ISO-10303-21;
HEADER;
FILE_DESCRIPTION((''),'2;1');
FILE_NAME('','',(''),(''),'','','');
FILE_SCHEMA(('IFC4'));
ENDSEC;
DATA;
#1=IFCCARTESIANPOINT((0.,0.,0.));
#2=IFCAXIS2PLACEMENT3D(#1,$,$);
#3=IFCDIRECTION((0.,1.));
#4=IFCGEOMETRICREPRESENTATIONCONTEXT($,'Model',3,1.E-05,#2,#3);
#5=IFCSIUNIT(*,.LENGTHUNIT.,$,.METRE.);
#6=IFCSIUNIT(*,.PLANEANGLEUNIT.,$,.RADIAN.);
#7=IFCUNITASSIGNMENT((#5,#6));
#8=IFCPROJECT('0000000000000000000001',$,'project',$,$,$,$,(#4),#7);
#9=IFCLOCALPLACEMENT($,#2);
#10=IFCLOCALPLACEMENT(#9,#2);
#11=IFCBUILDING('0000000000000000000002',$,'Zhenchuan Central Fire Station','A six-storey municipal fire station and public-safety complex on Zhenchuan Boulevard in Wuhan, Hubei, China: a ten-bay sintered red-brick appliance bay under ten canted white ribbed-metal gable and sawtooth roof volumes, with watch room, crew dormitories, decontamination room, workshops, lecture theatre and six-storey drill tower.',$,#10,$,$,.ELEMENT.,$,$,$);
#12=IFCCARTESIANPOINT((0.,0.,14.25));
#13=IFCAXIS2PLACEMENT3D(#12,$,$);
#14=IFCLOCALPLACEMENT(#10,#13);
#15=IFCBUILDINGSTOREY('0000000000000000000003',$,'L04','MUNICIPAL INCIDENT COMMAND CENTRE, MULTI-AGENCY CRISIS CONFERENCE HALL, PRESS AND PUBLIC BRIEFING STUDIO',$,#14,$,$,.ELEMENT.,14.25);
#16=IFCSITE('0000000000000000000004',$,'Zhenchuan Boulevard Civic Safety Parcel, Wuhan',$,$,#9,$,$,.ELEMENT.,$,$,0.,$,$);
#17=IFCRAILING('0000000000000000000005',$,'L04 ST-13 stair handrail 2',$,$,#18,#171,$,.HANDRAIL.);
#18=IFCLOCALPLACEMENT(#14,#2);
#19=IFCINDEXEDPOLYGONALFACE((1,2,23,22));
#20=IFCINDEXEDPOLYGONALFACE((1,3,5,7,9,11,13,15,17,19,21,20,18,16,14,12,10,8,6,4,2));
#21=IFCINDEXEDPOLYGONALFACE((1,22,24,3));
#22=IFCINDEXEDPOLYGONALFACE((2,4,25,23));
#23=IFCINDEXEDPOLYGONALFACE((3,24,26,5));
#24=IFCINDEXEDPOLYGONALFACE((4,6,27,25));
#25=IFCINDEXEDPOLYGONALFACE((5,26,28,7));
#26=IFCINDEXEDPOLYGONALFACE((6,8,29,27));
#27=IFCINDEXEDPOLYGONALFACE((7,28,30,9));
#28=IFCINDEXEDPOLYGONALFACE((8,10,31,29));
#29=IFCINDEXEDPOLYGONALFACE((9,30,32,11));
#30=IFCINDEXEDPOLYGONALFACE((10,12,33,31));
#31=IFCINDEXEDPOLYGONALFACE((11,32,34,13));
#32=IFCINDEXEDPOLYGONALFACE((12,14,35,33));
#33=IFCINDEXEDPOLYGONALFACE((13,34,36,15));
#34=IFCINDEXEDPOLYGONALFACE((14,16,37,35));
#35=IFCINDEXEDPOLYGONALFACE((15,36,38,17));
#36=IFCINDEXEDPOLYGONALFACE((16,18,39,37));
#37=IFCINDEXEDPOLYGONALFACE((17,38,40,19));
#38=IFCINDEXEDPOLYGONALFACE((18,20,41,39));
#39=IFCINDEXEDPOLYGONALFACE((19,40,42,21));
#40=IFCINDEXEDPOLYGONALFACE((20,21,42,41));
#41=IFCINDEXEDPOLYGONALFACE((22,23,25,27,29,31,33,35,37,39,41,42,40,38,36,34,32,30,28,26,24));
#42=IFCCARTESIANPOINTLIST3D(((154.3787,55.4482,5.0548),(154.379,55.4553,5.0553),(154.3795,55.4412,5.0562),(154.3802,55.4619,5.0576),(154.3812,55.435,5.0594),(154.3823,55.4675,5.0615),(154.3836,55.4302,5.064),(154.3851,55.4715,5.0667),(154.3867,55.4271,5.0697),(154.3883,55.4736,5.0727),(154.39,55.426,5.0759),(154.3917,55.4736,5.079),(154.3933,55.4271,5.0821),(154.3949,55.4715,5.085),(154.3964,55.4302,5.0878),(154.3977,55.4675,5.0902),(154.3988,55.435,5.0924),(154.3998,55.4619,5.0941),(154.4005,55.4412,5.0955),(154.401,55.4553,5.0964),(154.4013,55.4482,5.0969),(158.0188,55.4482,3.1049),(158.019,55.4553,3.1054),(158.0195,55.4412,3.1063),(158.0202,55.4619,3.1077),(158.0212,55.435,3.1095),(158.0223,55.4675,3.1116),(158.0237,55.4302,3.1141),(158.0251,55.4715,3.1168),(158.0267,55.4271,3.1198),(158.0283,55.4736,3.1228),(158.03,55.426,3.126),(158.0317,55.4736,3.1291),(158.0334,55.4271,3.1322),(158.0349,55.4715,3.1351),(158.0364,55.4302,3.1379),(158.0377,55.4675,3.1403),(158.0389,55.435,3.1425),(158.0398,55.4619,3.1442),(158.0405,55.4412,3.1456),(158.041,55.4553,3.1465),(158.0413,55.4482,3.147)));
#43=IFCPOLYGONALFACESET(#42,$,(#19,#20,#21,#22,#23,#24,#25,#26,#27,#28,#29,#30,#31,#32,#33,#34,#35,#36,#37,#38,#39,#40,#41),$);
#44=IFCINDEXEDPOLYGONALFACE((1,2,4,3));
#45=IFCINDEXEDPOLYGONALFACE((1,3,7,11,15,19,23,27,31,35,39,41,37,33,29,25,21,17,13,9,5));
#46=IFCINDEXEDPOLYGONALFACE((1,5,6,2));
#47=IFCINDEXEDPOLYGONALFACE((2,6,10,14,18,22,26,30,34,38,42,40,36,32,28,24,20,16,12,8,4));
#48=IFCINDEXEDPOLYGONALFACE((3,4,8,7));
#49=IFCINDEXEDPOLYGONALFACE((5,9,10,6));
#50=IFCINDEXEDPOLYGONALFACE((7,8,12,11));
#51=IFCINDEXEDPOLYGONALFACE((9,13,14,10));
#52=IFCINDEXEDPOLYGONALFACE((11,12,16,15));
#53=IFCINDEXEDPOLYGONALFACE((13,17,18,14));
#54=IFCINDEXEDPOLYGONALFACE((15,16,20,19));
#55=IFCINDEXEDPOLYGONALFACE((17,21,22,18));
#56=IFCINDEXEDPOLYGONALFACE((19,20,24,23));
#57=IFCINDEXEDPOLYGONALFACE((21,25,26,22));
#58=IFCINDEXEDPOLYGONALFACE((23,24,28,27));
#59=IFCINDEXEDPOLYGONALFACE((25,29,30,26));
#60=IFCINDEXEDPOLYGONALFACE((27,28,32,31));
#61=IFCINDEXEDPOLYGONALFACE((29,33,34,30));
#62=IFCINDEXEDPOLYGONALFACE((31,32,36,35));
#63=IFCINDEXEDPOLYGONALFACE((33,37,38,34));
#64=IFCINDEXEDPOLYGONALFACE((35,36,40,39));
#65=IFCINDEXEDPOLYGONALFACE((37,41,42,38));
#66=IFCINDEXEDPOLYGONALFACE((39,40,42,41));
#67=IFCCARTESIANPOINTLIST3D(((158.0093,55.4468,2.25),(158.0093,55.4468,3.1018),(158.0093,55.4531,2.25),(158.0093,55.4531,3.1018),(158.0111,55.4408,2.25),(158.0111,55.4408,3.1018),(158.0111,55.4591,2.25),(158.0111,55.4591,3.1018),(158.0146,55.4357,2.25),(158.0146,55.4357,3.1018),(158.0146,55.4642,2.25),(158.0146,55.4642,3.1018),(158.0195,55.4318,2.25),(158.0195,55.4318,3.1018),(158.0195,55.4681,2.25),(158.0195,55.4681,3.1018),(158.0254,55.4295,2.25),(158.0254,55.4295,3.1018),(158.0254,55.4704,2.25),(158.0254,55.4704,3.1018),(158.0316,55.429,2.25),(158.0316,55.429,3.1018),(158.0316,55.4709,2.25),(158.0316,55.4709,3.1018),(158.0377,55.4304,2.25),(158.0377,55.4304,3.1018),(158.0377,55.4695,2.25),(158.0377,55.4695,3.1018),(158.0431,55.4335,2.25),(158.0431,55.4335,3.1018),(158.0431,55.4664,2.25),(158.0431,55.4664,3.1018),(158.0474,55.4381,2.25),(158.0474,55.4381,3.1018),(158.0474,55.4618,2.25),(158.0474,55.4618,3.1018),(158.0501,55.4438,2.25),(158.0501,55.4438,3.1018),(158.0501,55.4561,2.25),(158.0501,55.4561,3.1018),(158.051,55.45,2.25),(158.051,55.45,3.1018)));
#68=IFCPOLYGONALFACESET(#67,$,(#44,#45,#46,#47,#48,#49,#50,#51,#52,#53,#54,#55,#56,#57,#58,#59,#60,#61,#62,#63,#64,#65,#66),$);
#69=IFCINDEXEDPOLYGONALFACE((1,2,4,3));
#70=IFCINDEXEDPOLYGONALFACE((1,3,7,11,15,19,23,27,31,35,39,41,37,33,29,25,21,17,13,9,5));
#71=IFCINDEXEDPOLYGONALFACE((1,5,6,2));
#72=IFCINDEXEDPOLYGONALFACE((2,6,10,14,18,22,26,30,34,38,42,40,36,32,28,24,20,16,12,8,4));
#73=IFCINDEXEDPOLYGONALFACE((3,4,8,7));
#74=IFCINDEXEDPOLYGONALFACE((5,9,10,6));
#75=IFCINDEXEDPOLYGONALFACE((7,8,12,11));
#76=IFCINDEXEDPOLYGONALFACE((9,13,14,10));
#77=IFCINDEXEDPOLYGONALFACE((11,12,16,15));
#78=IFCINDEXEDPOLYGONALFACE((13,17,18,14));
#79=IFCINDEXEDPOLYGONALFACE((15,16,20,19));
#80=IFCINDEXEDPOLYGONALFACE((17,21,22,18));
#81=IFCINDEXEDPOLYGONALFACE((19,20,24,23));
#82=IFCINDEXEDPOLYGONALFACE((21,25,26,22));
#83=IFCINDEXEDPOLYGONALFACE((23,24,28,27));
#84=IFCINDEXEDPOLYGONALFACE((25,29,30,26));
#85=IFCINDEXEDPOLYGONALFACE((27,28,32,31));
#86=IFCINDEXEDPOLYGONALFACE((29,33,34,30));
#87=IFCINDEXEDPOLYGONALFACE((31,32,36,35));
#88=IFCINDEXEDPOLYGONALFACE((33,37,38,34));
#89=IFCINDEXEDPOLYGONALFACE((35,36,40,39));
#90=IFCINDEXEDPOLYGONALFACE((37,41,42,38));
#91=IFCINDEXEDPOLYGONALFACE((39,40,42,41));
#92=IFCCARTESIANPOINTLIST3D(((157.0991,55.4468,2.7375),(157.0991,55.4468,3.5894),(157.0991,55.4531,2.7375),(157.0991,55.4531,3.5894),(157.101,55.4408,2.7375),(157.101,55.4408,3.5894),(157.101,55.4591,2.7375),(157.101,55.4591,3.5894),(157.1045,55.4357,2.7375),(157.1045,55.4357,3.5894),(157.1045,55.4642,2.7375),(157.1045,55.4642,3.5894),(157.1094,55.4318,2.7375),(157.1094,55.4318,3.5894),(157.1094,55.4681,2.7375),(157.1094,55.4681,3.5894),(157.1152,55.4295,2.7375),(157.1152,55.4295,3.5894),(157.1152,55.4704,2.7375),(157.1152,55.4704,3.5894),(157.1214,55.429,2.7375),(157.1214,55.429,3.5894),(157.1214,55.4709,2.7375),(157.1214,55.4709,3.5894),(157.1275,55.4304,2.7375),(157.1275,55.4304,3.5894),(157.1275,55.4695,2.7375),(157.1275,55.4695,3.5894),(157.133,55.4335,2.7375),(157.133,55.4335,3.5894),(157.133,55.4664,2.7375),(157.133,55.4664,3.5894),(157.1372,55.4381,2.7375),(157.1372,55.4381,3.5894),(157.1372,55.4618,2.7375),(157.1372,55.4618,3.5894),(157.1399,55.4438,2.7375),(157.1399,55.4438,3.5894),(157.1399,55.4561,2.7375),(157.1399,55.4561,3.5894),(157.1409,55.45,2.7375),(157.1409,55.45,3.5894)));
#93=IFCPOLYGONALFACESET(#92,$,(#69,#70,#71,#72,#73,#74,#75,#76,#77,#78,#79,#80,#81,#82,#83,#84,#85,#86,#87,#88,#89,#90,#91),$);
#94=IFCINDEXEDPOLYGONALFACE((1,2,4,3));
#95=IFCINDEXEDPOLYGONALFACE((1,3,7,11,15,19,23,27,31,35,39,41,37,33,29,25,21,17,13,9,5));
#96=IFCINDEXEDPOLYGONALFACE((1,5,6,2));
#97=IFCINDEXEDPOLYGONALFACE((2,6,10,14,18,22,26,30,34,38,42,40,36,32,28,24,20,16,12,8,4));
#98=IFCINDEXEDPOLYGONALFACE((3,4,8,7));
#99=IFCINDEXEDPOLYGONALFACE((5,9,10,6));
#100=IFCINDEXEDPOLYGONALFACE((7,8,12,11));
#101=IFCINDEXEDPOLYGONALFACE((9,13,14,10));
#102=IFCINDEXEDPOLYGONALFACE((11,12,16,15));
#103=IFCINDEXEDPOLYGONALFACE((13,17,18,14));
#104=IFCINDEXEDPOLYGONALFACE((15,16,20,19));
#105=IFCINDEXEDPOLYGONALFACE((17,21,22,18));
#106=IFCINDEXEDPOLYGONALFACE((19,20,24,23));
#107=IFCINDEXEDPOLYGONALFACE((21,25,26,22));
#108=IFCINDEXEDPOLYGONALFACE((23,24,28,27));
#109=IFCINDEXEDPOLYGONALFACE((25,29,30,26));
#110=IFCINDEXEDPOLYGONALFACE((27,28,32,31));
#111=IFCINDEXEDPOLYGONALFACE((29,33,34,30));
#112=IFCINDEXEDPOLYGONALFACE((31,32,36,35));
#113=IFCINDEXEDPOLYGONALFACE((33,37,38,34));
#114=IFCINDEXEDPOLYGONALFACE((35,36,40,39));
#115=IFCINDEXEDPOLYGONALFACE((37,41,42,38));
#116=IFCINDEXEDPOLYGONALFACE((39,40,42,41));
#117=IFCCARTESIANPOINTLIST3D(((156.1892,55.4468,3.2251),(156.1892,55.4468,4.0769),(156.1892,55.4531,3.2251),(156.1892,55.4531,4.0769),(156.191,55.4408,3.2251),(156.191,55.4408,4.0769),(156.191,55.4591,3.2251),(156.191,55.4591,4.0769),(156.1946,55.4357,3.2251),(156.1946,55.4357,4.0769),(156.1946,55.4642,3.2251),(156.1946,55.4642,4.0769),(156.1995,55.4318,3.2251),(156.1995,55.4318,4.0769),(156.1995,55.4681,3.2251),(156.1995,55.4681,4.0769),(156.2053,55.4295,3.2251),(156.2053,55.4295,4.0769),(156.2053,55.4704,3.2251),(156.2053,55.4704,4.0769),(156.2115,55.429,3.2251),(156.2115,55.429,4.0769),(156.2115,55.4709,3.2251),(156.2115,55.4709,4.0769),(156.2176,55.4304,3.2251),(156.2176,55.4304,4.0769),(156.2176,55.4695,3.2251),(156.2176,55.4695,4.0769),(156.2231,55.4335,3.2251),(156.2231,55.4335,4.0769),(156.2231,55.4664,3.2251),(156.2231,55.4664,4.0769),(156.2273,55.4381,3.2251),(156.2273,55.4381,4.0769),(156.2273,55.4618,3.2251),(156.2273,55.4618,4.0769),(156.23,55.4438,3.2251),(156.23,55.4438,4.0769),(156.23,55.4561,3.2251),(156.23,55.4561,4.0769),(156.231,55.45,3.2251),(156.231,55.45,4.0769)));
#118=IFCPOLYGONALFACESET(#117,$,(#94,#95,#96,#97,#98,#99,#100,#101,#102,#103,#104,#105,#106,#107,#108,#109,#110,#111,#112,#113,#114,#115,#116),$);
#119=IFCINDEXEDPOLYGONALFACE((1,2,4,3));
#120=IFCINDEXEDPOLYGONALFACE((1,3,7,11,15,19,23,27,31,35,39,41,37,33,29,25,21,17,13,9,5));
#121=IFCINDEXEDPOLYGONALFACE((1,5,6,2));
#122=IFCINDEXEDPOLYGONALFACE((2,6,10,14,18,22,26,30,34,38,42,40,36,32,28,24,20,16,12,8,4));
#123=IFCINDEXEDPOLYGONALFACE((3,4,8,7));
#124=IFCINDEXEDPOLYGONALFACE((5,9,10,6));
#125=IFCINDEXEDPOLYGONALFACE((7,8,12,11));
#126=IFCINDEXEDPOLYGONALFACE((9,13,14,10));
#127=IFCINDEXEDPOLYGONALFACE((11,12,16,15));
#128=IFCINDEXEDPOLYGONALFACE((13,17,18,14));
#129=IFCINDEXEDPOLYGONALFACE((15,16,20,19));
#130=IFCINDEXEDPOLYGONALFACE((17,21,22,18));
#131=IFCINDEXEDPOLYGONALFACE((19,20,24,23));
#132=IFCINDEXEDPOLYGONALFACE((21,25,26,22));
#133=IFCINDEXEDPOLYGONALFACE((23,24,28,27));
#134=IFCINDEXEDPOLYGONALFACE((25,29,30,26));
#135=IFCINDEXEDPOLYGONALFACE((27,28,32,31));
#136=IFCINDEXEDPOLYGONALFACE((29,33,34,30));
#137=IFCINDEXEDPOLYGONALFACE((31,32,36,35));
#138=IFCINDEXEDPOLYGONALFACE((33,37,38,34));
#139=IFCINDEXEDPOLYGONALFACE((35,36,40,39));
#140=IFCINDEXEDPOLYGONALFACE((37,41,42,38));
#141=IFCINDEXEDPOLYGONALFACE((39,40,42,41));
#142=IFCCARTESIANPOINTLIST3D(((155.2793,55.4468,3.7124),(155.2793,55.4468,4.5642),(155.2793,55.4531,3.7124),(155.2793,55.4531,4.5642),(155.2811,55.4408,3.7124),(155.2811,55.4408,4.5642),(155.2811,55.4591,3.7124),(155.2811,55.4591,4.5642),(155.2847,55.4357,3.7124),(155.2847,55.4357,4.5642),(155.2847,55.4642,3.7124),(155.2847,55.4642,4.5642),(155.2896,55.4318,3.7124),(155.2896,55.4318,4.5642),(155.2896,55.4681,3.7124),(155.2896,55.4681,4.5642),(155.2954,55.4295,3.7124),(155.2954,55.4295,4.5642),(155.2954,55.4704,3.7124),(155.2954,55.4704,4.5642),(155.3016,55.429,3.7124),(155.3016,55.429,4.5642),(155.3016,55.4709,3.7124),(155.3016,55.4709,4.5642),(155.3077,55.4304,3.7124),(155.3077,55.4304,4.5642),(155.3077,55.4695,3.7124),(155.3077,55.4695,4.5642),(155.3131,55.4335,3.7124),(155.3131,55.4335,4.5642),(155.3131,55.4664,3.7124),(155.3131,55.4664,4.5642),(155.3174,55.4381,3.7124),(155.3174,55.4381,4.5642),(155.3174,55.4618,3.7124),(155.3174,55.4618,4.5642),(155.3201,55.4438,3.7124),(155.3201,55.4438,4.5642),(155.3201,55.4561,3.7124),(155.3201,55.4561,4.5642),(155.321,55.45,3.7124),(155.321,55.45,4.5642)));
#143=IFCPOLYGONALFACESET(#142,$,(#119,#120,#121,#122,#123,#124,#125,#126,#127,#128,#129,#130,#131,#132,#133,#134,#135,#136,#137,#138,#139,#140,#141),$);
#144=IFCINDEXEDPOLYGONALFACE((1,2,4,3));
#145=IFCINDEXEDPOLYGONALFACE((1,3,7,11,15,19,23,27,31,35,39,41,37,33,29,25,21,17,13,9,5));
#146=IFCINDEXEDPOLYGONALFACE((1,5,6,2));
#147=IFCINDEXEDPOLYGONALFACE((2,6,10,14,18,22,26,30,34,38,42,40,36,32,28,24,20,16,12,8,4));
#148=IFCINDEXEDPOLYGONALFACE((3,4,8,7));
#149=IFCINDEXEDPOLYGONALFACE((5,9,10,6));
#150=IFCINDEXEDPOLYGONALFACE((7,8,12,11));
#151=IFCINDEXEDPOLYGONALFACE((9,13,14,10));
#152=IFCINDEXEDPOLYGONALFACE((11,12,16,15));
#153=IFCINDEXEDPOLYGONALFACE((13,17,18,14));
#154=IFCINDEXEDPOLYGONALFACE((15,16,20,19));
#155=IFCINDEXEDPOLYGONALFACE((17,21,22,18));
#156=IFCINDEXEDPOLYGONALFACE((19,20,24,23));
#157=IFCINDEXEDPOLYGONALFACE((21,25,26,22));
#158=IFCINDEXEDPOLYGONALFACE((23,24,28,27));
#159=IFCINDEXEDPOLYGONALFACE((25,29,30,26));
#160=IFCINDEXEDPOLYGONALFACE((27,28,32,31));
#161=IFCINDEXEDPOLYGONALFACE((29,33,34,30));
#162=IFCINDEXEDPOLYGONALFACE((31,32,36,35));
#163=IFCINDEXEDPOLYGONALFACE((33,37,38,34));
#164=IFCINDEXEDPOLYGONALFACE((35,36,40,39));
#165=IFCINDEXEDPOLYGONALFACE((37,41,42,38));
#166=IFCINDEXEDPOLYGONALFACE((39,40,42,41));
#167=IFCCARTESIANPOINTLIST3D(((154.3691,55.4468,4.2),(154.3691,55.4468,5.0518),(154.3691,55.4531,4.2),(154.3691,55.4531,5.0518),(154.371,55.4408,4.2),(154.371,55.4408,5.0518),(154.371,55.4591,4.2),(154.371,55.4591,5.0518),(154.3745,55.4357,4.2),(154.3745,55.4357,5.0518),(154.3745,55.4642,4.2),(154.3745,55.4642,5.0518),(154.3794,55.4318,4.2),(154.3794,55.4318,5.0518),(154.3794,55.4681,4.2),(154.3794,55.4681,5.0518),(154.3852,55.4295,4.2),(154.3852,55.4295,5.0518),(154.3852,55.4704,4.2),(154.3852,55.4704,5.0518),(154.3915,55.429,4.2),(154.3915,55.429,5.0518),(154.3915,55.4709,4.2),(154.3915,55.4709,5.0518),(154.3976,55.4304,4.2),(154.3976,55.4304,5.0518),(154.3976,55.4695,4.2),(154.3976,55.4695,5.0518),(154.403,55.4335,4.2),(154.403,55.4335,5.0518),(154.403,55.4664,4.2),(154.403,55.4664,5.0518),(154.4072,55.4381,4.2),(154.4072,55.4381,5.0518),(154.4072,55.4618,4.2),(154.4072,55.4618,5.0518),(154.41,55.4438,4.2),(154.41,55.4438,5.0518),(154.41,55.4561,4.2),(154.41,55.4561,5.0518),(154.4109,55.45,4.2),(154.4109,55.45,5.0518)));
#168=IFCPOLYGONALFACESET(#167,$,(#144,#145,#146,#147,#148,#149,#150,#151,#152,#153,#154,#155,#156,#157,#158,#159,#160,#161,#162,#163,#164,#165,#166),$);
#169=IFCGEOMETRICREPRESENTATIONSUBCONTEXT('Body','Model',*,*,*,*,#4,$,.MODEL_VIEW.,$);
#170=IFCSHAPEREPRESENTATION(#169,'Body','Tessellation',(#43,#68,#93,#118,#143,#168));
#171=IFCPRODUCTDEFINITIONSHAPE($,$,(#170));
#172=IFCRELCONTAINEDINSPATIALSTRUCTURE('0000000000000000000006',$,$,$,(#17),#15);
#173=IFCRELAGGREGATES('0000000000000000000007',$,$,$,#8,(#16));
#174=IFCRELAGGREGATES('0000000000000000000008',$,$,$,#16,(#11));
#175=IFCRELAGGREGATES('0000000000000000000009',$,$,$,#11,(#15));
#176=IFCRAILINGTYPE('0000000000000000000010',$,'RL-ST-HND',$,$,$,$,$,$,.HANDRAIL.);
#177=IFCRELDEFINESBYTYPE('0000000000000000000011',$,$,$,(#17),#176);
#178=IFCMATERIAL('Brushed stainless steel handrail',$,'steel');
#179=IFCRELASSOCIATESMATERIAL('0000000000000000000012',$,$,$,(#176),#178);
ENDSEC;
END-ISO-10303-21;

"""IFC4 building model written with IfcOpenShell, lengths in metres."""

from ifc_helpers import new_model, si_unit, direction, frame, origin, origin_2d, place, context, subcontext, project, spatial, circle, extrude, material, type_object, element, save


model = new_model("IFC4")

# Units and contexts
model_context = context("Model", 3, precision=1e-05, world=origin(), true_north=direction((0.0, 1.0)))
body_context = subcontext(model_context, "Body", "Model", "MODEL_VIEW")
ifc_project = project(units=[si_unit("LENGTHUNIT", "METRE"), si_unit("PLANEANGLEUNIT", "RADIAN")], contexts=[model_context])

# Site, building, storey
site_placement = place(None, origin())
site = spatial("IfcSite", under=ifc_project, at=site_placement, Name="Zhenchuan Boulevard Civic Safety Parcel, Wuhan", CompositionType="ELEMENT", RefElevation=0.0)
building_placement = place(site_placement, origin())
building = spatial("IfcBuilding", under=site, at=building_placement, Name="Zhenchuan Central Fire Station", Description="A six-storey municipal fire station and public-safety complex on Zhenchuan Boulevard in Wuhan, Hubei, China: a ten-bay sintered red-brick appliance bay under ten canted white ribbed-metal gable and sawtooth roof volumes, with watch room, crew dormitories, decontamination room, workshops, lecture theatre and six-storey drill tower.", CompositionType="ELEMENT")
storey_placement = place(building_placement, frame((0.0, 0.0, 14.25)))
storey = spatial("IfcBuildingStorey", under=building, at=storey_placement, Name="L04", Description="MUNICIPAL INCIDENT COMMAND CENTRE, MULTI-AGENCY CRISIS CONFERENCE HALL, PRESS AND PUBLIC BRIEFING STUDIO", CompositionType="ELEMENT", Elevation=14.25)

# Railing
ifc_material_1 = material(Name="Brushed stainless steel handrail", Category="steel")
railing_type_1 = type_object("IfcRailingType", Name="RL-ST-HND", PredefinedType="HANDRAIL", material=ifc_material_1)
railing_1_placement = place(storey_placement, frame((158.03, 55.45, 2.25)))
element("IfcRailing", 1, at=railing_1_placement, inside=storey, type_object=railing_type_1, Name="L04 ST-13 stair handrail 2", PredefinedType="HANDRAIL", context=body_context, shape_type="SweptSolid", body=[
    extrude(circle(Radius=0.0239, at=origin_2d()), frame((0.0, 0.0, 0.876), z_axis=(-0.881492, 0.0, 0.472198), x_axis=(0.0, -1.0, 0.0)), (0.0, 0.0, 1.0), 4.1294),
    extrude(circle(Radius=0.021, at=origin_2d()), origin(), (0.0, 0.0, 1.0), 0.8518),
    extrude(circle(Radius=0.021, at=origin_2d()), frame((-0.9102, 0.0, 0.4875)), (0.0, 0.0, 1.0), 0.8518),
    extrude(circle(Radius=0.021, at=origin_2d()), frame((-1.8201, 0.0, 0.9751)), (0.0, 0.0, 1.0), 0.8518),
    extrude(circle(Radius=0.021, at=origin_2d()), frame((-2.73, 0.0, 1.4624)), (0.0, 0.0, 1.0), 0.8518),
    extrude(circle(Radius=0.021, at=origin_2d()), frame((-3.6401, 0.0, 1.95)), (0.0, 0.0, 1.0), 0.8518),
])

save(model, "model.ifc")
